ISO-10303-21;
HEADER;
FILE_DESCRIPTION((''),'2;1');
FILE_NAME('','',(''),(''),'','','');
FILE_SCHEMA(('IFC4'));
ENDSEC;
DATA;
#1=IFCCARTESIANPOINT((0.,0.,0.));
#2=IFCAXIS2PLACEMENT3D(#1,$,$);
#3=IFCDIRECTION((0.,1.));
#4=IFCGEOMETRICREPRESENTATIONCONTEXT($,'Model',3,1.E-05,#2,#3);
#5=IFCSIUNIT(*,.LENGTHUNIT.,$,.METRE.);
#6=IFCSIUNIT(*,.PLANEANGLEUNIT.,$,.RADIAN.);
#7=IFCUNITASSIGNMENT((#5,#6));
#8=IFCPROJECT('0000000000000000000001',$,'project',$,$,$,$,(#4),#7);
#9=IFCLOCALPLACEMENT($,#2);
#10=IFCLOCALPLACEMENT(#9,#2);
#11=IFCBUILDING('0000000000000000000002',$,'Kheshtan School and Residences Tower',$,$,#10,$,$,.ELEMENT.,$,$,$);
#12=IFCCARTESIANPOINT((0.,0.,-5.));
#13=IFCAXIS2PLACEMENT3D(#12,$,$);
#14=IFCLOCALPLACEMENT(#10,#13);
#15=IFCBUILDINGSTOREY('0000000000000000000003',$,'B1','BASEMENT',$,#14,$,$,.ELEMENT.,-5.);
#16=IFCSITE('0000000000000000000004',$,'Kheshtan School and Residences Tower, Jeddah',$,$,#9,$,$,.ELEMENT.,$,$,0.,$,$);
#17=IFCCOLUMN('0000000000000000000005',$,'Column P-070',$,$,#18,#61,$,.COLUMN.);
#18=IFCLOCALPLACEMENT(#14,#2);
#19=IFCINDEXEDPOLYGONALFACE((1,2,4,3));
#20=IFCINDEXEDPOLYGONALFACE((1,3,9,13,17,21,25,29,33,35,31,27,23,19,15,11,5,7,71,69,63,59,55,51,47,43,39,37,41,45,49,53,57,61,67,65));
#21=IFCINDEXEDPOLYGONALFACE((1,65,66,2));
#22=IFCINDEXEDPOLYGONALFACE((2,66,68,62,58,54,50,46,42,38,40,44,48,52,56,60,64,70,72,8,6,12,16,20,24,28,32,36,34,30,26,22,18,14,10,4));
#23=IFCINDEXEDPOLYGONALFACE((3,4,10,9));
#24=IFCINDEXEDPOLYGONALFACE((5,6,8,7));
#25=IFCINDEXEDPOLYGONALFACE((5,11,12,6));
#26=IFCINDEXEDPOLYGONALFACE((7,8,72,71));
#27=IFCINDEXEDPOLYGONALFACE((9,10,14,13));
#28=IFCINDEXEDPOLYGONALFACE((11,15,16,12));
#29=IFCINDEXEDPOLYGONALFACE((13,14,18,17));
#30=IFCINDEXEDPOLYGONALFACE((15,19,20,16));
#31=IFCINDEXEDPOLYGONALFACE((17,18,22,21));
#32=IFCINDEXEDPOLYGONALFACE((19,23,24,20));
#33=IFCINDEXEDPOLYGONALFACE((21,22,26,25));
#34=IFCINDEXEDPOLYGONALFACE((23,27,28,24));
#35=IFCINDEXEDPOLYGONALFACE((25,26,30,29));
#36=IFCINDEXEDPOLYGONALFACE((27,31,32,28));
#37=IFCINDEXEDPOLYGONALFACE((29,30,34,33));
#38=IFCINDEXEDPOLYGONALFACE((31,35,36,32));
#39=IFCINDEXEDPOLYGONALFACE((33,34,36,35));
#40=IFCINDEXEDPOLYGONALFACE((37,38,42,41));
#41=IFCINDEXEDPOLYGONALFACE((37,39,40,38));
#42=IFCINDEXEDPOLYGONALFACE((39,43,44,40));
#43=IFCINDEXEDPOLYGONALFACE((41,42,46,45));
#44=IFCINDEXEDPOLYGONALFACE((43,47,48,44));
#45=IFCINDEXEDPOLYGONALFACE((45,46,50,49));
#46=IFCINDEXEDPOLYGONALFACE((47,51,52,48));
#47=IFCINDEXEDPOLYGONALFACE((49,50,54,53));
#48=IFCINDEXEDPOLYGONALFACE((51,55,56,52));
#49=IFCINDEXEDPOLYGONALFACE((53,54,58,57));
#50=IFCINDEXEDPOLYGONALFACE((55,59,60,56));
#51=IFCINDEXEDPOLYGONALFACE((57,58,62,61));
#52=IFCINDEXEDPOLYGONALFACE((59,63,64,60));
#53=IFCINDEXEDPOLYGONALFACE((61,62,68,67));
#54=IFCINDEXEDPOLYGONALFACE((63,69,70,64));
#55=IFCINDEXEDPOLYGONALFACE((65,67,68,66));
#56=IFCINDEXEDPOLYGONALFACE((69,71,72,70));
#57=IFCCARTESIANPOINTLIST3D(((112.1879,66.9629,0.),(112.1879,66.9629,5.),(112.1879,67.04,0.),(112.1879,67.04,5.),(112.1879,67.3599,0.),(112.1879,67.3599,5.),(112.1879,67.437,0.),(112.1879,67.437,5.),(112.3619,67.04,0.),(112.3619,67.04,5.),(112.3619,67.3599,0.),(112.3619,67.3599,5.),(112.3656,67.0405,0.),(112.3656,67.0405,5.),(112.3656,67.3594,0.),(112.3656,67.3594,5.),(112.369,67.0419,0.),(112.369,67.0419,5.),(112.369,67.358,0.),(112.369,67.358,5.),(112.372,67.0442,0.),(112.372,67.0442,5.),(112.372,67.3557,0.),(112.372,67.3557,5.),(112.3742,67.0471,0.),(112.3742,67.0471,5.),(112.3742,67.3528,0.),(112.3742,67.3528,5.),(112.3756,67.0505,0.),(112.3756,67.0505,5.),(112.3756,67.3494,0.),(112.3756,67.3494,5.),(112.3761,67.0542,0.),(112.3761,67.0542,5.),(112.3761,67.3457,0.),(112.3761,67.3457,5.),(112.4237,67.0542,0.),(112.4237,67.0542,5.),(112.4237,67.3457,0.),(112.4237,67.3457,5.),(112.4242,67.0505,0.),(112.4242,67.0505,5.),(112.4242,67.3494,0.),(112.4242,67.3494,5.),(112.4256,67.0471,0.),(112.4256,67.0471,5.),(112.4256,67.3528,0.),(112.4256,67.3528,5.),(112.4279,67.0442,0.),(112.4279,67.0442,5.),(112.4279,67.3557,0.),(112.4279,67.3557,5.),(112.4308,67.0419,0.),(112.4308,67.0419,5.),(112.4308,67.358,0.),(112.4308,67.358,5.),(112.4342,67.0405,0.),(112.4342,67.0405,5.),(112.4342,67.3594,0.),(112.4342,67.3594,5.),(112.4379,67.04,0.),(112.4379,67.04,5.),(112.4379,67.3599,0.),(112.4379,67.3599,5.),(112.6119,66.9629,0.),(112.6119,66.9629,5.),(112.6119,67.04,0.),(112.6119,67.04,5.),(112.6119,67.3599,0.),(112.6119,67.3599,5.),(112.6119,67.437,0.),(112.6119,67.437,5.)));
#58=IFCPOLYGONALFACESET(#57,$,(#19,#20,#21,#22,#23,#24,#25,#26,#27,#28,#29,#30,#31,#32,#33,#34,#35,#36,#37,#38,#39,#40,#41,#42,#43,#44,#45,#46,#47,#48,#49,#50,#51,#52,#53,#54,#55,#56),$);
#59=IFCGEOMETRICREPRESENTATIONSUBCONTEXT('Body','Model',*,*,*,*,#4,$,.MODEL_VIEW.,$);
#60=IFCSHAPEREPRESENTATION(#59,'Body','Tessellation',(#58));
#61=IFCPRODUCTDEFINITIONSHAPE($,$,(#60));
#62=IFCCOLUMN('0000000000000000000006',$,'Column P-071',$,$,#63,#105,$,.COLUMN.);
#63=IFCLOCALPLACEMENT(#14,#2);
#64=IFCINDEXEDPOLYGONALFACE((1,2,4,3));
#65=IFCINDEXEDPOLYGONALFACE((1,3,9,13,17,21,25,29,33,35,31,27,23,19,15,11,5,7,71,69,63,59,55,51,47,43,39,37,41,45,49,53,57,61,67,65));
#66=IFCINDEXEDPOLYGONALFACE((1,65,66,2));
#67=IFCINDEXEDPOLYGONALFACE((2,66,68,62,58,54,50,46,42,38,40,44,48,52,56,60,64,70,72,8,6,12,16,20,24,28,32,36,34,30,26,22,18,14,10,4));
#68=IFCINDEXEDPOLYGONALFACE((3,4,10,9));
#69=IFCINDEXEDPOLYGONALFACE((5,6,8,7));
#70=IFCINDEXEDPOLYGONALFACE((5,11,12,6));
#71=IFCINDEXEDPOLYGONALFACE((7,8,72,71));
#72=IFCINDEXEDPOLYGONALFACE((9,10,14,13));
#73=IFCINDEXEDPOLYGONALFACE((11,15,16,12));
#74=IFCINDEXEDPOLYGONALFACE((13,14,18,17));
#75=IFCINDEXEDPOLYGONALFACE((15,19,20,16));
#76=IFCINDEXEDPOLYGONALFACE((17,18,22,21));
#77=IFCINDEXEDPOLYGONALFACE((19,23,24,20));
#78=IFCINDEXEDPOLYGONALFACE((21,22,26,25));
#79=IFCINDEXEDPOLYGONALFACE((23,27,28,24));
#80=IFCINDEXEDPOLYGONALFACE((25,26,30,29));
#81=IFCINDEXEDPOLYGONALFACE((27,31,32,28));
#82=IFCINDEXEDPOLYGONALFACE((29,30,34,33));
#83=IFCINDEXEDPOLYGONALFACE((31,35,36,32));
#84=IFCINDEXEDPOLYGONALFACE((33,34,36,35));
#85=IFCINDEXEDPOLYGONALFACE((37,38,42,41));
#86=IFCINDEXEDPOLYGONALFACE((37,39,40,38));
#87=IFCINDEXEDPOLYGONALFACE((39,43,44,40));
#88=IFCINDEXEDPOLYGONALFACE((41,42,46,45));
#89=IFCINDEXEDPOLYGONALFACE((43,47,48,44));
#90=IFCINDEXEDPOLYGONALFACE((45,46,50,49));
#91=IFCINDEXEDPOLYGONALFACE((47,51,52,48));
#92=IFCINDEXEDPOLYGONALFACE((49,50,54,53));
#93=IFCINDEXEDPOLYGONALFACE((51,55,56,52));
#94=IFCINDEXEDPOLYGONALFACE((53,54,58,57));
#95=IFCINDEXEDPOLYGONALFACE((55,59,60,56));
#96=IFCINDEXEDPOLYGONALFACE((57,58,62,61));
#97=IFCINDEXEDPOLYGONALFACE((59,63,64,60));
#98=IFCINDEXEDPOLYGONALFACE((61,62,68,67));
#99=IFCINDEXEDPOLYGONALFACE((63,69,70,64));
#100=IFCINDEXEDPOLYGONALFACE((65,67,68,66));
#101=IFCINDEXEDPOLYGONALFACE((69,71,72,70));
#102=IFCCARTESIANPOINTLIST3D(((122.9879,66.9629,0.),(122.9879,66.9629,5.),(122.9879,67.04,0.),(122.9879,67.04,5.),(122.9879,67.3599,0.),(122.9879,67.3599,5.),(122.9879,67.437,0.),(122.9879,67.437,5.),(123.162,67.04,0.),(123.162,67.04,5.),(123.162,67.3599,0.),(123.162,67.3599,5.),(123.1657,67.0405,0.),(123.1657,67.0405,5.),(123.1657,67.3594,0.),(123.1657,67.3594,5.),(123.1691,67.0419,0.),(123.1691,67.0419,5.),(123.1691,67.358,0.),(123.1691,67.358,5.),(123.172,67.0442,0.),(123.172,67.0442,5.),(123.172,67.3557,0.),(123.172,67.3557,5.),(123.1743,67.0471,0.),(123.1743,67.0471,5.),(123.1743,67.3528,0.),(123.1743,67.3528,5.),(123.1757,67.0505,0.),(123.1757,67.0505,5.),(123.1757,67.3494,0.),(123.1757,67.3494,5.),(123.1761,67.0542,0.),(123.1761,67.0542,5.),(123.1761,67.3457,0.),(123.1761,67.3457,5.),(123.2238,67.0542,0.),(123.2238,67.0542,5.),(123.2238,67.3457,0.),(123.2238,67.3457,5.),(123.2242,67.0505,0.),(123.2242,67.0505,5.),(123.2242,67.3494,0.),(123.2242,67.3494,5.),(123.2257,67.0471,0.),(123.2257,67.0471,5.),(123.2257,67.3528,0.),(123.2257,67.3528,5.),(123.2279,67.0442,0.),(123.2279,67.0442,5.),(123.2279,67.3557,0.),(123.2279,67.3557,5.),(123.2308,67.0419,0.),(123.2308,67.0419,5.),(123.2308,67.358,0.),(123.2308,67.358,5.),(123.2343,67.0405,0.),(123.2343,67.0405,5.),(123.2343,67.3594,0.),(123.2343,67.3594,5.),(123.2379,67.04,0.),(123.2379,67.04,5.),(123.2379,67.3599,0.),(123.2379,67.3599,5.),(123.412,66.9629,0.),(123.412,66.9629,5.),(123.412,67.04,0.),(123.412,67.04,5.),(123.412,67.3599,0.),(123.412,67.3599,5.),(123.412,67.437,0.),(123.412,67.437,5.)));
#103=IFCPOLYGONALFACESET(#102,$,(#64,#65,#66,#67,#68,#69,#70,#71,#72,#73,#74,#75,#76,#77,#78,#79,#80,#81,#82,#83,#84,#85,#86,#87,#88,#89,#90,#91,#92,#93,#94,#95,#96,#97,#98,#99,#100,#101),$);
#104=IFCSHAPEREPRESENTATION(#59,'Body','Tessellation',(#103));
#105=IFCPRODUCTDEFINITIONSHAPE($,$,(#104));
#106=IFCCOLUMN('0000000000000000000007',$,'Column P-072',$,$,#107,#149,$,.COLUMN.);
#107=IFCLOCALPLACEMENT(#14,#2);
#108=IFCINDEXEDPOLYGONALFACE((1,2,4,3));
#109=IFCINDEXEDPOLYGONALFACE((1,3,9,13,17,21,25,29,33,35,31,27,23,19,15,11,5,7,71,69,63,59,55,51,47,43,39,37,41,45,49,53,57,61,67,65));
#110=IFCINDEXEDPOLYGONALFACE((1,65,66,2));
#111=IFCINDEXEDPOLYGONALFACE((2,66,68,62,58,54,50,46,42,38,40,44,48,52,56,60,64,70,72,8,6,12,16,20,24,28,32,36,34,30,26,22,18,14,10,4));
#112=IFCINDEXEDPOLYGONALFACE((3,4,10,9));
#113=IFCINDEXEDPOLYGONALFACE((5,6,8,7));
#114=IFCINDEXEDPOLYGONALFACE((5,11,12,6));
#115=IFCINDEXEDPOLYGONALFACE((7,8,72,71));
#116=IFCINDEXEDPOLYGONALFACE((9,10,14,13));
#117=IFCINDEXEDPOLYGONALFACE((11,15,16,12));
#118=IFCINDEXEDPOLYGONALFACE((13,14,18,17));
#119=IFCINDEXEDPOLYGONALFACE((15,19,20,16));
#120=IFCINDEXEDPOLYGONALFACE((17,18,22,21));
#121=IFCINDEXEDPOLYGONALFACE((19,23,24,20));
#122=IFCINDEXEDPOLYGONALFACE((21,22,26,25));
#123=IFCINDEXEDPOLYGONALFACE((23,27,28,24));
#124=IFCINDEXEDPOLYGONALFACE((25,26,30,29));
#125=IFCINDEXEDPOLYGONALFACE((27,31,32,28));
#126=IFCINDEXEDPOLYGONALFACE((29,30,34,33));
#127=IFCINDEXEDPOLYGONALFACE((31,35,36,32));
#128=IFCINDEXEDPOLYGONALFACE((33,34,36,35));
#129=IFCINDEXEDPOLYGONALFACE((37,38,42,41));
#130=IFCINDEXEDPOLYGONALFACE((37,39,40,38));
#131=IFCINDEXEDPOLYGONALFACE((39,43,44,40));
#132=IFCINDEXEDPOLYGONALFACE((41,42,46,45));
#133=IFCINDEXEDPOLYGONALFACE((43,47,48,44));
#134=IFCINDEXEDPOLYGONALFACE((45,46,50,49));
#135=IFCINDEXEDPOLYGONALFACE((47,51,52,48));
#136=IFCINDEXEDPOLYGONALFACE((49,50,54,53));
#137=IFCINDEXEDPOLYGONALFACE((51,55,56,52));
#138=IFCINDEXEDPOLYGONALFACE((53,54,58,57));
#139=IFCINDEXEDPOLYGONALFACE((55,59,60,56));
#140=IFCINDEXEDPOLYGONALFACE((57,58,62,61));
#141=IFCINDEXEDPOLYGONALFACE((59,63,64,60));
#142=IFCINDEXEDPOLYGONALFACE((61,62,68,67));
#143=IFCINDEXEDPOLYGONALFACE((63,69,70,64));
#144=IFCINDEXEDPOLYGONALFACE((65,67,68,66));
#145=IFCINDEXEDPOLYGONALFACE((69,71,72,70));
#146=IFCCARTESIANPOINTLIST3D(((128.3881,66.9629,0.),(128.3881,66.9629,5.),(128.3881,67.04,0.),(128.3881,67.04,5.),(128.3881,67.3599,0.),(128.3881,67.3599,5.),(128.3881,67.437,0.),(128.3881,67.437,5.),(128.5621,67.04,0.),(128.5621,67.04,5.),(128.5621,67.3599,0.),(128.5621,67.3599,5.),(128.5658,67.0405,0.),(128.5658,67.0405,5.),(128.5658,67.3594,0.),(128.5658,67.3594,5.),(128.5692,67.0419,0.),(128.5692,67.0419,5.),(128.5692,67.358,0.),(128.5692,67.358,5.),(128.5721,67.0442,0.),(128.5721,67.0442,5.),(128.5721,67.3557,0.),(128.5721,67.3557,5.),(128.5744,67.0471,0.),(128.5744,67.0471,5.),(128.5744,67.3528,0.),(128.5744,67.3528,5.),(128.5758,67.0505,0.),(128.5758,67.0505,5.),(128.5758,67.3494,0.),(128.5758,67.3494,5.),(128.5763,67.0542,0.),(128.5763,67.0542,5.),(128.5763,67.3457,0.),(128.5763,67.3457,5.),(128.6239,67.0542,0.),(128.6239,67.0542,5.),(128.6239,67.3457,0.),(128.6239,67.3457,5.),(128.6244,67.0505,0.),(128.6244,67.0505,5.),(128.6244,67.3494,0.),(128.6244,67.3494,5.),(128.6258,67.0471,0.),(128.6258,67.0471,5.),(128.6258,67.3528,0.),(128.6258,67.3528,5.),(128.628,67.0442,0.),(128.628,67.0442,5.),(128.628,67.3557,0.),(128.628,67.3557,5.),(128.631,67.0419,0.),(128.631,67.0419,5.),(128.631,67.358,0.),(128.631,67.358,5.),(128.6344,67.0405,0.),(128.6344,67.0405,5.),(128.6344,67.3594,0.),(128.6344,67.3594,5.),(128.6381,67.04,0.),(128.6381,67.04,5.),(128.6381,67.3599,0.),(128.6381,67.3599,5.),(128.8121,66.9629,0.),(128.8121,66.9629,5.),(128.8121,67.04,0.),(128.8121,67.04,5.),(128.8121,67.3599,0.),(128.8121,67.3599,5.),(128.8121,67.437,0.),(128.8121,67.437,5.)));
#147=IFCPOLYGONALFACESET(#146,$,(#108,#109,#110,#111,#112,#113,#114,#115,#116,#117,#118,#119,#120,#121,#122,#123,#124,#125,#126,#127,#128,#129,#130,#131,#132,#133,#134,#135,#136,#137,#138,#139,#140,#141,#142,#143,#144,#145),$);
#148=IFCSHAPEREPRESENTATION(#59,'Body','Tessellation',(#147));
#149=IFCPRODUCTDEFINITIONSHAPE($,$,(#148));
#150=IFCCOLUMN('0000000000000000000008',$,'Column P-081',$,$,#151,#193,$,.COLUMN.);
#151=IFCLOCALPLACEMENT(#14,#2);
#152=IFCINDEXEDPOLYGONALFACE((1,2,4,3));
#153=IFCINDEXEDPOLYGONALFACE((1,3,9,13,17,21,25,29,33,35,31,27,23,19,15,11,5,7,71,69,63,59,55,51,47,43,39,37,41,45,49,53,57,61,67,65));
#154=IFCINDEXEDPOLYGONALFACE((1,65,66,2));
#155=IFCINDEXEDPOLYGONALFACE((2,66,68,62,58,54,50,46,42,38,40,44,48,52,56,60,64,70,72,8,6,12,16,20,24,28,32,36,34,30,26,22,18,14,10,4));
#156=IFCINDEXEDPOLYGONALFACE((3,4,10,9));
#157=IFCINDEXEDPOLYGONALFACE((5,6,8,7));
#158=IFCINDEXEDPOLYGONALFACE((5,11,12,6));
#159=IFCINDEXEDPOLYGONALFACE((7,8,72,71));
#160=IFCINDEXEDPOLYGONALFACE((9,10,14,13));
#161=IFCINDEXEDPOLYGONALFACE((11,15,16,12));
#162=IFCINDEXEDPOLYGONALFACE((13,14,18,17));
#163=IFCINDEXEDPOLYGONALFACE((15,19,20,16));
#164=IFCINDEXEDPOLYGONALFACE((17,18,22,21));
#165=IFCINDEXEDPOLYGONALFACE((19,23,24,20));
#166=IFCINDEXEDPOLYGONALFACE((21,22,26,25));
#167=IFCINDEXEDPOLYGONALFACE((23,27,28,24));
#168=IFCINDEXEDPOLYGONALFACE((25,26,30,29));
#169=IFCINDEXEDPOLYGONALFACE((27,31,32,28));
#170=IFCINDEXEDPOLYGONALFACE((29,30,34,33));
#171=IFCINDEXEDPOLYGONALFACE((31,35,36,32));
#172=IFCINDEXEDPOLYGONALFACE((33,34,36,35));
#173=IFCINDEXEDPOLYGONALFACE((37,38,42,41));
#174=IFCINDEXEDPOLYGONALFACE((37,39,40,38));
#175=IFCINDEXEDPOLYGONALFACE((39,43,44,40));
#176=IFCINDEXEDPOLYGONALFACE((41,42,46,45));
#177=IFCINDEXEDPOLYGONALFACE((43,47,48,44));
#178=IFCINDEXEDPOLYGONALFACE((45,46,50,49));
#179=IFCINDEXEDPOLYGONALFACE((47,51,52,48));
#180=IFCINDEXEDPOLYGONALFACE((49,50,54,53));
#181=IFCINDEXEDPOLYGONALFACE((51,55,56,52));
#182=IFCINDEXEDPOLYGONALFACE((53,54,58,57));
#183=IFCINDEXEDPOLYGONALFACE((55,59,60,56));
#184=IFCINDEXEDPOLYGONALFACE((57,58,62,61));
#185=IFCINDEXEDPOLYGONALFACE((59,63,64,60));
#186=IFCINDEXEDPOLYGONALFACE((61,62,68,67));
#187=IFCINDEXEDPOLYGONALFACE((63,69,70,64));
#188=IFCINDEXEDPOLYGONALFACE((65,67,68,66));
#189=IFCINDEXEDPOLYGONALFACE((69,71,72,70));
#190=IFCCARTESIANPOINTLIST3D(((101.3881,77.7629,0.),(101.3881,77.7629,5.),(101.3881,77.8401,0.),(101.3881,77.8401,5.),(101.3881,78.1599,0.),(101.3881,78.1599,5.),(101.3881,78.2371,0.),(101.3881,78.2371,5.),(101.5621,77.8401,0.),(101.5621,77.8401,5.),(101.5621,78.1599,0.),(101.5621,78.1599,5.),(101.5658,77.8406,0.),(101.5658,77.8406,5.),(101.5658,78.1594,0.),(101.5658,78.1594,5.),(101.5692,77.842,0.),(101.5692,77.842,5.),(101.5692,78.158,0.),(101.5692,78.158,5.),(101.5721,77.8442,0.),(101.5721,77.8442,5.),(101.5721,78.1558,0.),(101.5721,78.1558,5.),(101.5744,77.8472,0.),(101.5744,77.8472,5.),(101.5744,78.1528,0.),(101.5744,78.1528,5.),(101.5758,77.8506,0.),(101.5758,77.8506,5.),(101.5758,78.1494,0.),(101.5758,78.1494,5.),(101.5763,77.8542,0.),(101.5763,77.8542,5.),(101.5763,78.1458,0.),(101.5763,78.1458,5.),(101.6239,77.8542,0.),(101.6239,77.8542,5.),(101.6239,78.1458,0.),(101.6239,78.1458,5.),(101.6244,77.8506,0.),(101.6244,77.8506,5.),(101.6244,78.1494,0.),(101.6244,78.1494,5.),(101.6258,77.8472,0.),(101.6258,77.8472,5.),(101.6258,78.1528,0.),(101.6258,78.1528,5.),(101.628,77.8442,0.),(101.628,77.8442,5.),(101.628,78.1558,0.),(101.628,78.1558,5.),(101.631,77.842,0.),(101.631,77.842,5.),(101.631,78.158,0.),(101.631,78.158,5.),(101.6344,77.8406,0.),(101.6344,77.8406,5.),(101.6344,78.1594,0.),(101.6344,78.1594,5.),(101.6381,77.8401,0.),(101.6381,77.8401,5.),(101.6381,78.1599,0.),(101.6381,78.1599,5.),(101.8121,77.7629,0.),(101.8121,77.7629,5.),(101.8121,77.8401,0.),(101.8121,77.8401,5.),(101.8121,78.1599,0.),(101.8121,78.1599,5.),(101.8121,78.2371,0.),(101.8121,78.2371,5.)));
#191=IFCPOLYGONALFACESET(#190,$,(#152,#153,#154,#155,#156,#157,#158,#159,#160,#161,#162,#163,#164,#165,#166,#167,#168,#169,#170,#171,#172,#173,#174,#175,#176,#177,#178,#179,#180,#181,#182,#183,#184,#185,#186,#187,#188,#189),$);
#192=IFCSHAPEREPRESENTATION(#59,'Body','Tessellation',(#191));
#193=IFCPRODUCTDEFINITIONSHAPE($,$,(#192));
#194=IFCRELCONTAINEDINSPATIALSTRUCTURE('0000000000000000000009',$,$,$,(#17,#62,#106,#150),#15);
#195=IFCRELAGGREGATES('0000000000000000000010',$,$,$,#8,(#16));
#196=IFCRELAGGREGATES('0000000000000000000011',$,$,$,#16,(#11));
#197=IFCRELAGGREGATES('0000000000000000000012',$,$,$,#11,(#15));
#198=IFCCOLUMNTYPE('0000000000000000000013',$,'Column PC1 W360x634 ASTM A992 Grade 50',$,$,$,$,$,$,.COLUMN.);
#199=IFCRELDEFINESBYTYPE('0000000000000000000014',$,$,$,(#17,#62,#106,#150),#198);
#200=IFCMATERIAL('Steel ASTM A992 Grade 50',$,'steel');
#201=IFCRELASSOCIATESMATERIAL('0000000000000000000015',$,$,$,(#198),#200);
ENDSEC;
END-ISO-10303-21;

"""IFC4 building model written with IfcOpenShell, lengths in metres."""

from ifc_helpers import new_model, si_unit, direction, frame, origin, origin_2d, place, context, subcontext, project, spatial, i_section, extrude, material, material_profile, profile_set, type_object, element, save


model = new_model("IFC4")

# Units and contexts
model_context = context("Model", 3, precision=1e-05, world=origin(), true_north=direction((0.0, 1.0)))
body_context = subcontext(model_context, "Body", "Model", "MODEL_VIEW")
ifc_project = project(units=[si_unit("LENGTHUNIT", "METRE"), si_unit("PLANEANGLEUNIT", "RADIAN")], contexts=[model_context])

# Site, building, storey
site_placement = place(None, origin())
site = spatial("IfcSite", under=ifc_project, at=site_placement, Name="Kheshtan School and Residences Tower, Jeddah", CompositionType="ELEMENT", RefElevation=0.0)
building_placement = place(site_placement, origin())
building = spatial("IfcBuilding", under=site, at=building_placement, Name="Kheshtan School and Residences Tower", CompositionType="ELEMENT")
storey_placement = place(building_placement, frame((0.0, 0.0, -5.0)))
storey = spatial("IfcBuildingStorey", under=building, at=storey_placement, Name="B1", Description="BASEMENT", CompositionType="ELEMENT", Elevation=-5.0)

# Columns
ifc_material_1 = material(Name="Steel ASTM A992 Grade 50", Category="steel")
ifc_material_profile = material_profile(ifc_material_1, i_section(OverallWidth=0.4241, OverallDepth=0.4741, WebThickness=0.0476, FlangeThickness=0.0771, FilletRadius=0.0142, at=origin_2d()), Name="W360x634")
ifc_profile_set = profile_set([ifc_material_profile], Name="Steel ASTM A992 Grade 50")
column_type = type_object("IfcColumnType", Name="Column PC1 W360x634 ASTM A992 Grade 50", PredefinedType="COLUMN", material=ifc_profile_set)
for number, where, z_axis, x_axis, name in (
    (1, (112.3999, 67.2, 0.0), (0.0, 0.0, 1.0), (1.0, 0.0, 0.0), "Column P-070"),
    (2, (123.2, 67.2, 0.0), (0.0, 0.0, 1.0), (1.0, 0.0, 0.0), "Column P-071"),
    (3, (128.6001, 67.2, 0.0), (0.0, 0.0, 1.0), (1.0, 0.0, 0.0), "Column P-072"),
    (4, (101.6001, 78.0, 0.0), (0.0, 0.0, 1.0), (1.0, 0.0, 0.0), "Column P-081"),
):
    element("IfcColumn", number, at=place(storey_placement, frame(where, z_axis=z_axis, x_axis=x_axis)), inside=storey, type_object=column_type, Name=name, PredefinedType="COLUMN", context=body_context, shape_type="SweptSolid", body=[
        extrude(i_section(OverallWidth=0.4241, OverallDepth=0.4741, WebThickness=0.0476, FlangeThickness=0.0771, FilletRadius=0.0142, at=origin_2d()), origin(), (0.0, 0.0, 1.0), 5.0),
    ])

save(model, "model.ifc")
